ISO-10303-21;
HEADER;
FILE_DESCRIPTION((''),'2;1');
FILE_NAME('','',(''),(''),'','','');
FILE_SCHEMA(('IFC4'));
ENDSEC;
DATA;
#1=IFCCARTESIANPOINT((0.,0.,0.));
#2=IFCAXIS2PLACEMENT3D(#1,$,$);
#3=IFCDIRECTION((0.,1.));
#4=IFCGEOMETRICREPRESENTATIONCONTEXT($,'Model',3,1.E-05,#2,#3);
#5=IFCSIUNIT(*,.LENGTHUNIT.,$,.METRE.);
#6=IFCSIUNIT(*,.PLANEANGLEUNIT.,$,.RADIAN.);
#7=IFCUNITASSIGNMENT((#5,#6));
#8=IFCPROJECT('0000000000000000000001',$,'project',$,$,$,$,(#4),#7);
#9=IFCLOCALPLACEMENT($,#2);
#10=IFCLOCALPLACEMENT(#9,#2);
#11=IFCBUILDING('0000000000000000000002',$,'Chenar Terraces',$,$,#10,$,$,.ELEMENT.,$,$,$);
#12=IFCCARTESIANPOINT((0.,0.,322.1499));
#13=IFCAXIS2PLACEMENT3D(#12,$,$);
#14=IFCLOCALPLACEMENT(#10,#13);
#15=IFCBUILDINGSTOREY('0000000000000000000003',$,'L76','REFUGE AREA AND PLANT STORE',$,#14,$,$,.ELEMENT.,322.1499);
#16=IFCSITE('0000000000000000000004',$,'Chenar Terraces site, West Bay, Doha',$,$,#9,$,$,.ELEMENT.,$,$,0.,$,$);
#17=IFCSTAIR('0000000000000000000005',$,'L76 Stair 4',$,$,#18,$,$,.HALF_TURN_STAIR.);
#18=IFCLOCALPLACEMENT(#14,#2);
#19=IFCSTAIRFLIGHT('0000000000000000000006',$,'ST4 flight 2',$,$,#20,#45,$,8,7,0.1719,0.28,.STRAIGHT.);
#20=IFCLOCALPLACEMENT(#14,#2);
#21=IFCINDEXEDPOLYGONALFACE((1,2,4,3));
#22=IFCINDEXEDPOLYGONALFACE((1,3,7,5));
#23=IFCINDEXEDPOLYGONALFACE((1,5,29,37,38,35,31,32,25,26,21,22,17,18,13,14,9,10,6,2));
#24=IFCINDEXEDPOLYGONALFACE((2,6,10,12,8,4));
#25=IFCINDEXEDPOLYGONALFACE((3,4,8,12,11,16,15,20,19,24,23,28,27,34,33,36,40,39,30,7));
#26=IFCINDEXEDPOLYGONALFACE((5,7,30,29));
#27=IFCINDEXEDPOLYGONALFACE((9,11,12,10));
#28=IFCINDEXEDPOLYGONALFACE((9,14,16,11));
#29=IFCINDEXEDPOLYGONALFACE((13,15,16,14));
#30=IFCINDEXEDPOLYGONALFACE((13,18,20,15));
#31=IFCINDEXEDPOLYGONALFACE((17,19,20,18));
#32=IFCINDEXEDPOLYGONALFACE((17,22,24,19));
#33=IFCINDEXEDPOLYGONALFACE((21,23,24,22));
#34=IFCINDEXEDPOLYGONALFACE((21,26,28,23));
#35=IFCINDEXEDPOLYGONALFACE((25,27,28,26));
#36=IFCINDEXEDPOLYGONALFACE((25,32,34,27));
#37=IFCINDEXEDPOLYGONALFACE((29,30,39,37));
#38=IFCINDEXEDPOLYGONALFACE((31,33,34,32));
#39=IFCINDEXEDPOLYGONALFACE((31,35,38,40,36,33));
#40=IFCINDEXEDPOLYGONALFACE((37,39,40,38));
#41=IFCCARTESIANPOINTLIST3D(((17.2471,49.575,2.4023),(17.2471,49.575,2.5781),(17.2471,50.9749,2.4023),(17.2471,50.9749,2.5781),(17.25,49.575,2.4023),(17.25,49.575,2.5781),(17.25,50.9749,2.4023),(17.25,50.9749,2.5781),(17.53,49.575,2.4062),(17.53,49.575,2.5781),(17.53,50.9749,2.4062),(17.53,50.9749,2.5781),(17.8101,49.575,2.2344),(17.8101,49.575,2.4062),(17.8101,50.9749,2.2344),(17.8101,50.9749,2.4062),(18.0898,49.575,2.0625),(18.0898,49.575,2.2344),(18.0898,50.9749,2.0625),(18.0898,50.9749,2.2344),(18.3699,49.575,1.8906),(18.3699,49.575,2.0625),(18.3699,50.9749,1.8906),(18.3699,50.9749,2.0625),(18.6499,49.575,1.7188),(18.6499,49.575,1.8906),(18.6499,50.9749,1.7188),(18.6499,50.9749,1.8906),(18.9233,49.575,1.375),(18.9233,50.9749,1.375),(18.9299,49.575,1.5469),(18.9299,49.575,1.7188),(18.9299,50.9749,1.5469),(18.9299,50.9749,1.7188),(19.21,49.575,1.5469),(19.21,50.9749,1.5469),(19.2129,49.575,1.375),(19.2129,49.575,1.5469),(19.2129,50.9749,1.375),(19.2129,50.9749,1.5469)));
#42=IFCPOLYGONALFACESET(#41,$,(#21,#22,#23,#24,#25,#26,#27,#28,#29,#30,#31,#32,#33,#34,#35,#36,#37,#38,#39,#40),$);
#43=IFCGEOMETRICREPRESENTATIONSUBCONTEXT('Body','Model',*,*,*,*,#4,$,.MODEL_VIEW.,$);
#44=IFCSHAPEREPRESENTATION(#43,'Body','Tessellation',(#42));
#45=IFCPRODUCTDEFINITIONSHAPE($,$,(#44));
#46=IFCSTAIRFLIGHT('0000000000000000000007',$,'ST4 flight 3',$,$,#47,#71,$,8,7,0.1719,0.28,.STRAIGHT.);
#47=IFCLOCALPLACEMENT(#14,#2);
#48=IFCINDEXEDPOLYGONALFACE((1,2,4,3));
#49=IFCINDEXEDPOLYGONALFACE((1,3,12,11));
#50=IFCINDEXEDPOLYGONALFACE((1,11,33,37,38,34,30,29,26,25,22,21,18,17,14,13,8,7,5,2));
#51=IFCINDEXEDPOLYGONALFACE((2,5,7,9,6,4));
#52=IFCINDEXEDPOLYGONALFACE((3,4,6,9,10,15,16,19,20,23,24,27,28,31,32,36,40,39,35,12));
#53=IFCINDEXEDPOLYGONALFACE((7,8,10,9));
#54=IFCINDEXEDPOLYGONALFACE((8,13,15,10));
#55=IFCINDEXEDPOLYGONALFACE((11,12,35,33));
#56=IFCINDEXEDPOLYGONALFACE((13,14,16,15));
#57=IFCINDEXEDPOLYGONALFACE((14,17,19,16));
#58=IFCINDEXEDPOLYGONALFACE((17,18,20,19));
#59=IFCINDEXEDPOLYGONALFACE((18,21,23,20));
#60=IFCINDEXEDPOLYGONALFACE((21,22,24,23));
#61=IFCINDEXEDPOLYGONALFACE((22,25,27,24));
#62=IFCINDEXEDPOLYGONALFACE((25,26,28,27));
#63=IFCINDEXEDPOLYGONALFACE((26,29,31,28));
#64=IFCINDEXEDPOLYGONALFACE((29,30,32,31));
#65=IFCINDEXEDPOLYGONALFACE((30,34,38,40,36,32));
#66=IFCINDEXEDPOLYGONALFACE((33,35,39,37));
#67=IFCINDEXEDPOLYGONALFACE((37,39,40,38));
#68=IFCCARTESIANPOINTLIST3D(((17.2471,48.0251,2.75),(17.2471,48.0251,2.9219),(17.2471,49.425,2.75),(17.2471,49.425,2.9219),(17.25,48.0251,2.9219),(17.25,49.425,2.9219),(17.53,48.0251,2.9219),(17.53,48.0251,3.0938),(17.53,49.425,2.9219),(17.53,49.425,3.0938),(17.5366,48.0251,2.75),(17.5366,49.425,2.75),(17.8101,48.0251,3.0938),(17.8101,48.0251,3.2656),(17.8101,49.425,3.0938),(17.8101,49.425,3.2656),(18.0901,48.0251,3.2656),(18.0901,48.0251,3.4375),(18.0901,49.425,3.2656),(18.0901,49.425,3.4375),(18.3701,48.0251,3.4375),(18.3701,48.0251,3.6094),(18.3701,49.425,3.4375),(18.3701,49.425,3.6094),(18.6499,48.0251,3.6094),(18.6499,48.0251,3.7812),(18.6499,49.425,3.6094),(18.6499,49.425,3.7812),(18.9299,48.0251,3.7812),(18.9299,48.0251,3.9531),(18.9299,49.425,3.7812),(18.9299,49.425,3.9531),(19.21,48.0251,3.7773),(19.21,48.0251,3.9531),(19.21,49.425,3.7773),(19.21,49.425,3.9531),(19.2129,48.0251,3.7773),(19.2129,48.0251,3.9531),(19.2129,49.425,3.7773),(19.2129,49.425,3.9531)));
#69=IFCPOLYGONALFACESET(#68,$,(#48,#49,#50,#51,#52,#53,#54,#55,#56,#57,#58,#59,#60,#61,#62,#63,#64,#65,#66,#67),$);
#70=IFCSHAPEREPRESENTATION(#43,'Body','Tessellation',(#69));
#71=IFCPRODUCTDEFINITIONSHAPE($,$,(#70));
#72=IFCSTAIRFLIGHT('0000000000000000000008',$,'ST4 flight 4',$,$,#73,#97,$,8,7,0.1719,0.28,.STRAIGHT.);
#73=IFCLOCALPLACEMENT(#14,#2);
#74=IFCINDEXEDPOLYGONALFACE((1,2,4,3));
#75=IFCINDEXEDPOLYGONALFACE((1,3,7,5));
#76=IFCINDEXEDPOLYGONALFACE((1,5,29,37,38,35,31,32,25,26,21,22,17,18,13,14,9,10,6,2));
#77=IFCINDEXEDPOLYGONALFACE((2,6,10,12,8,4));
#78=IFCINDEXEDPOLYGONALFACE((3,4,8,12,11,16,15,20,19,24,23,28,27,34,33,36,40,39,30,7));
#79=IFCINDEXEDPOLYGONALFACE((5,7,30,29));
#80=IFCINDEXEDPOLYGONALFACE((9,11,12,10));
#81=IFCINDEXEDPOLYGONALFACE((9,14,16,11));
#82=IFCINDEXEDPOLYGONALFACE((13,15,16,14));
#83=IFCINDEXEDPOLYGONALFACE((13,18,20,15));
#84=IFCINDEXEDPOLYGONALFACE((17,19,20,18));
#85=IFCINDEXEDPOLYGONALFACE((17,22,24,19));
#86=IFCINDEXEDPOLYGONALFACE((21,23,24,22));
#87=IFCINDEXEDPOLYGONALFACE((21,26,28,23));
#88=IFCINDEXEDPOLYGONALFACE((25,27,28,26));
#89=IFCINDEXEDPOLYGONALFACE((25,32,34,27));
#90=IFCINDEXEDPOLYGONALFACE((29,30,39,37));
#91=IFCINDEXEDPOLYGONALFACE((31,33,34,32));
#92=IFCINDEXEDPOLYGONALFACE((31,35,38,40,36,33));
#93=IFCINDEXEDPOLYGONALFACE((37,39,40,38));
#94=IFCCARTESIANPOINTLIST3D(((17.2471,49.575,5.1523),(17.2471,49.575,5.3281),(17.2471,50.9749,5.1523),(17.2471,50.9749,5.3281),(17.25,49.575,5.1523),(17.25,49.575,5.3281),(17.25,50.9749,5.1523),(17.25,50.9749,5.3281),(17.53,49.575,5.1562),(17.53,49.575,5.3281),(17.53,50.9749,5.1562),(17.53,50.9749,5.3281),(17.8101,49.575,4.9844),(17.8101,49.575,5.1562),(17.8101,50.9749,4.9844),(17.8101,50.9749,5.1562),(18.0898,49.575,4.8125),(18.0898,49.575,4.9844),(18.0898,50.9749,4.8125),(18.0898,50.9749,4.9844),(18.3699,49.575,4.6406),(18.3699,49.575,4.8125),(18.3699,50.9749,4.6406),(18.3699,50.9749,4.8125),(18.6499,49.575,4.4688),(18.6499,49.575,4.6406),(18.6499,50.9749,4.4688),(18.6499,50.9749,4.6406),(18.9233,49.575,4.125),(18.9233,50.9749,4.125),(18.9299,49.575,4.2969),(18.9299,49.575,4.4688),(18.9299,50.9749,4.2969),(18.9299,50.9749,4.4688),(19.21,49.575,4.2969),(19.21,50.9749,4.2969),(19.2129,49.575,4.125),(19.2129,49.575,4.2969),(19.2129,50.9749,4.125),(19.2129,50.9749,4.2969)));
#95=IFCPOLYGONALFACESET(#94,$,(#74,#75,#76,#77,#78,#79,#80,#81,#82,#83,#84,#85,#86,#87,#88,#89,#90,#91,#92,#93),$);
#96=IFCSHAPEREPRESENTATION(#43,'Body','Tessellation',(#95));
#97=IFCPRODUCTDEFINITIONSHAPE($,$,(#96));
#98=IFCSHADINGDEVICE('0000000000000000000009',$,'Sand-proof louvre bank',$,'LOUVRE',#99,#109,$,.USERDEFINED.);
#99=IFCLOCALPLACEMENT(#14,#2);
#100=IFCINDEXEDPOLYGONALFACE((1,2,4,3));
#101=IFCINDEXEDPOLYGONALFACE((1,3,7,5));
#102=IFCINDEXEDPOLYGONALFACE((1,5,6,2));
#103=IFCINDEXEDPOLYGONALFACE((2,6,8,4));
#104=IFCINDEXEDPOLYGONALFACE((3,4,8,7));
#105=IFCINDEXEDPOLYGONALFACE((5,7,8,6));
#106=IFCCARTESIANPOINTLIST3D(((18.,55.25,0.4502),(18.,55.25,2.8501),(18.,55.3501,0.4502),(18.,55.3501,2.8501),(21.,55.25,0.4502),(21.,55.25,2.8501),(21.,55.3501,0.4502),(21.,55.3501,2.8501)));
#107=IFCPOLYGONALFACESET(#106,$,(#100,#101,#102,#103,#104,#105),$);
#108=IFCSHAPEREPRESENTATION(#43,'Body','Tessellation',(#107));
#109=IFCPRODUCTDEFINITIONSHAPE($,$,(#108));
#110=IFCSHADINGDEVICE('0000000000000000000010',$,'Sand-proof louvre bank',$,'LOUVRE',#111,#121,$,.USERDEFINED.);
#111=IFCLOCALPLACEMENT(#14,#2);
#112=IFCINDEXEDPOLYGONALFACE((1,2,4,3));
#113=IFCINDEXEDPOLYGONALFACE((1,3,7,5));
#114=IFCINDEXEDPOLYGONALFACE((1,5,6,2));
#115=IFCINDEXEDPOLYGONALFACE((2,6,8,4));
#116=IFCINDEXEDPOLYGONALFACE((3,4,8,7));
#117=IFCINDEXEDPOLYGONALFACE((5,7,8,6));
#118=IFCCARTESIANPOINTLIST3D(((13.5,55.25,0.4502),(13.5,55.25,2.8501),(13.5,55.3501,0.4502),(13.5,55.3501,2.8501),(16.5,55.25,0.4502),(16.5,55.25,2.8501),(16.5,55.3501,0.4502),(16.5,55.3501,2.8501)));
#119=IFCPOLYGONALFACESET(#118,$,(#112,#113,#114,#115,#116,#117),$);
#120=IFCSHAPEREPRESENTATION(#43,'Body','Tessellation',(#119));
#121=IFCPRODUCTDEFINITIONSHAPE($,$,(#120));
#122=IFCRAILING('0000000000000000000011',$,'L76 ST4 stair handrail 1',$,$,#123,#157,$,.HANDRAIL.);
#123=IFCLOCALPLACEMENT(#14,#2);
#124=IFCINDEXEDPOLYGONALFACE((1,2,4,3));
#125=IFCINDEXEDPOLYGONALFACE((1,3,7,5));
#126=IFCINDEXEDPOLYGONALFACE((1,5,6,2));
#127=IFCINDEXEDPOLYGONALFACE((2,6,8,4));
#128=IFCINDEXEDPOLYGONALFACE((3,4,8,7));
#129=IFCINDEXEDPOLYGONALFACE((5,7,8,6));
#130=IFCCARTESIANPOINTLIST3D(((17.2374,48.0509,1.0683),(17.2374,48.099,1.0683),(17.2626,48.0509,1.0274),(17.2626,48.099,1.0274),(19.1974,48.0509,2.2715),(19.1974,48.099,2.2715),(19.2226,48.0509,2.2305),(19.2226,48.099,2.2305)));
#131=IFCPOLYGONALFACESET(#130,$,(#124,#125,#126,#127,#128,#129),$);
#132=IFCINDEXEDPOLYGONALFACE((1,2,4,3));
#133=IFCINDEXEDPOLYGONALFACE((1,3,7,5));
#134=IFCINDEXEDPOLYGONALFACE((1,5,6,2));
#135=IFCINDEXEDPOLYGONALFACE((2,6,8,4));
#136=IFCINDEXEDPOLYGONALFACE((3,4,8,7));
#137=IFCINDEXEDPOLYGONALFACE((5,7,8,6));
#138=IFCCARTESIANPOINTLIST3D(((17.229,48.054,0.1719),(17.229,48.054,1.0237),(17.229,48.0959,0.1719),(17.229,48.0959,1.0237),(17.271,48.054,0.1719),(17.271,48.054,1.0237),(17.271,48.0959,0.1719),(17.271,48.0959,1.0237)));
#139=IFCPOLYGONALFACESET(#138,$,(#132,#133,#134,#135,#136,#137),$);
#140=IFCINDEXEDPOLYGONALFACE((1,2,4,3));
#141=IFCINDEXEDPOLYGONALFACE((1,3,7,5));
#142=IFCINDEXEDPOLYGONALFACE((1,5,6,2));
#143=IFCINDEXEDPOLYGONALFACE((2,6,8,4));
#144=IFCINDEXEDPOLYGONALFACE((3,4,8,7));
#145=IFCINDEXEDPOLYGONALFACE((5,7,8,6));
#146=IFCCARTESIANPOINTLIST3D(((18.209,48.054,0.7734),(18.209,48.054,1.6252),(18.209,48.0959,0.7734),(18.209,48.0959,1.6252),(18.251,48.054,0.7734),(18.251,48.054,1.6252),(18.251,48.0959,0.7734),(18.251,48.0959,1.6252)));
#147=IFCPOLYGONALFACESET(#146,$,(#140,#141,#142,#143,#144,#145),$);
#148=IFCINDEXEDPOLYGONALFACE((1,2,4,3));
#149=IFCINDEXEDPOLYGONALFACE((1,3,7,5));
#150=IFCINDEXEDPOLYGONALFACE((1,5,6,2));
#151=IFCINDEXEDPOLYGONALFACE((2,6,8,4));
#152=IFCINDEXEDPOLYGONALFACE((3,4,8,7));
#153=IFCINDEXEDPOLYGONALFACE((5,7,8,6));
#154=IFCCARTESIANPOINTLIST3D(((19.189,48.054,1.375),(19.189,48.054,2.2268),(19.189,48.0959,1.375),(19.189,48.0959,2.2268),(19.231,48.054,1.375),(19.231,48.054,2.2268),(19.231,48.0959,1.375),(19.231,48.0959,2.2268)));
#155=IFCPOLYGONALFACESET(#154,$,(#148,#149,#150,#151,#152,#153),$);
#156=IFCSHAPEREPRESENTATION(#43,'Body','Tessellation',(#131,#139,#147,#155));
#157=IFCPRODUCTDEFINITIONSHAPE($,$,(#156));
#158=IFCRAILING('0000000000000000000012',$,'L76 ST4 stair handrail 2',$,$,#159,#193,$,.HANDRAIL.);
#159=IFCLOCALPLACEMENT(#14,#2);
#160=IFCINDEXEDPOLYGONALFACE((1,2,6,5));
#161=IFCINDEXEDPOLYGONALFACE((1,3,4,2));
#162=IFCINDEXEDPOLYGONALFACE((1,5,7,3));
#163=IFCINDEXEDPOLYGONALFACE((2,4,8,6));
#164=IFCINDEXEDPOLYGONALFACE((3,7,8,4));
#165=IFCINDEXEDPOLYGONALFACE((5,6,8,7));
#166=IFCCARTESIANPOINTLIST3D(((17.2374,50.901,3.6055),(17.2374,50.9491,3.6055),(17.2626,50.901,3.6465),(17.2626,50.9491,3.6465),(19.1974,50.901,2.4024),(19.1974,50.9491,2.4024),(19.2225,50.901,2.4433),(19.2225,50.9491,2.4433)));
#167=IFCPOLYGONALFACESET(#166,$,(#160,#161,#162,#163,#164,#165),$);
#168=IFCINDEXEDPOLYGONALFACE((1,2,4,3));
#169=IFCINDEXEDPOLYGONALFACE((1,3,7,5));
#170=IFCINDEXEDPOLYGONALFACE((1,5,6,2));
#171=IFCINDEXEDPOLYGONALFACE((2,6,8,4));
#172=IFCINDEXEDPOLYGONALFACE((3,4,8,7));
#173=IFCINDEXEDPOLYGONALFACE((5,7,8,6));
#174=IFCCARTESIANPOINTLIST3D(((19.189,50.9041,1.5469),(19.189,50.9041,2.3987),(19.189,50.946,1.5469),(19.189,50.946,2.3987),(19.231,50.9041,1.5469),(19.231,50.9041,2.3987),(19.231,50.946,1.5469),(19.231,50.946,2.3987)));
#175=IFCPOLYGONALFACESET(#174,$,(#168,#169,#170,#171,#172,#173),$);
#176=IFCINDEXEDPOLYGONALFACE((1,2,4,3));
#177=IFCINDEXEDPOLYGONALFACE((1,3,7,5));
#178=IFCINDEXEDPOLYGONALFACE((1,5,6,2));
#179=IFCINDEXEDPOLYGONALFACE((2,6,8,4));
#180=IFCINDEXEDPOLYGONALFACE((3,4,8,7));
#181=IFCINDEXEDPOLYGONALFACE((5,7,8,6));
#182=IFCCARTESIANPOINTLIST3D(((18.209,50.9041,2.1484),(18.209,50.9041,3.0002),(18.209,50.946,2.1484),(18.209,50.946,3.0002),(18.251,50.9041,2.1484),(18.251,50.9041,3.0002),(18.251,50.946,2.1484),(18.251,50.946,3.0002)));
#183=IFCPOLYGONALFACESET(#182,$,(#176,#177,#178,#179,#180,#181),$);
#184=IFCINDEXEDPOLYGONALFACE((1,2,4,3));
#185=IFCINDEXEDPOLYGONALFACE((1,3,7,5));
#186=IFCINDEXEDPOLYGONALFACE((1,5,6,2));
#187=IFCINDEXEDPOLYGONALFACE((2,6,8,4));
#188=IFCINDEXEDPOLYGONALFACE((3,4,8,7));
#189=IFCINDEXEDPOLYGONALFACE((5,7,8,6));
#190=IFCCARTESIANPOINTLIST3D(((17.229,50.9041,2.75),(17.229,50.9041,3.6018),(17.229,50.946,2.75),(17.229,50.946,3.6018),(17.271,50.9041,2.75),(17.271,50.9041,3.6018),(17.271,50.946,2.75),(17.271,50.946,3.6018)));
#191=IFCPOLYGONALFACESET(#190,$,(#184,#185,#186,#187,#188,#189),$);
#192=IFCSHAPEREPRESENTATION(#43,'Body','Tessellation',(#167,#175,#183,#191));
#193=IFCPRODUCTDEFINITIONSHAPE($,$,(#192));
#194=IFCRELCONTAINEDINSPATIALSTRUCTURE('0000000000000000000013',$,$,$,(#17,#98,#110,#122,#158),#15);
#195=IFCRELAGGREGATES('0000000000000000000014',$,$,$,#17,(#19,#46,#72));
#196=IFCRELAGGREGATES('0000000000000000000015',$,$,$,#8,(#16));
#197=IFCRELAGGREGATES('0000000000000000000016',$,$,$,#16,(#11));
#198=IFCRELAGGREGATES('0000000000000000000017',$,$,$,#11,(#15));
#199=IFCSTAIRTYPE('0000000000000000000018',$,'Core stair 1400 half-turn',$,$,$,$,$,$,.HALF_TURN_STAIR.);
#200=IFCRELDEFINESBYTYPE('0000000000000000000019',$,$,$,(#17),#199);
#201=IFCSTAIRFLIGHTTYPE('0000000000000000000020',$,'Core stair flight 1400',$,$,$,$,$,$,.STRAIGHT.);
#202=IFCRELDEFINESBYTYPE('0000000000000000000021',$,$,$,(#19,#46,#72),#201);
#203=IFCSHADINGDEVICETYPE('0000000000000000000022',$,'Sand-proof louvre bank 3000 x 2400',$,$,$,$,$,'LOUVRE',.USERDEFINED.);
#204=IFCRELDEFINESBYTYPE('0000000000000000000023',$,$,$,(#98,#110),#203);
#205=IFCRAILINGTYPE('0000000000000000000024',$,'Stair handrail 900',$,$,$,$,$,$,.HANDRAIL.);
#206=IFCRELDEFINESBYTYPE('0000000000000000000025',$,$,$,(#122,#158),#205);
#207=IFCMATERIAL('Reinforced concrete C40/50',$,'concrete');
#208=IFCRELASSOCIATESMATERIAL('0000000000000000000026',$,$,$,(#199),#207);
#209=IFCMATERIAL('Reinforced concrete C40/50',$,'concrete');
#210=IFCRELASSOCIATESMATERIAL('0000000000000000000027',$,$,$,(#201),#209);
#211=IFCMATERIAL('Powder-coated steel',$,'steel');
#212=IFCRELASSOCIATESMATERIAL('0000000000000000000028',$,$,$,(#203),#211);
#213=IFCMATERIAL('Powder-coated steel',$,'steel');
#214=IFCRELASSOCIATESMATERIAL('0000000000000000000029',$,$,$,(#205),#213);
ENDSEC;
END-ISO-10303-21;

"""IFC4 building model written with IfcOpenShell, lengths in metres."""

from ifc_helpers import new_model, si_unit, direction, frame, origin, origin_2d, place, context, subcontext, project, spatial, polyline, rectangle, outline, extrude, material, type_object, element, aggregate, save


model = new_model("IFC4")

# Units and contexts
model_context = context("Model", 3, precision=1e-05, world=origin(), true_north=direction((0.0, 1.0)))
body_context = subcontext(model_context, "Body", "Model", "MODEL_VIEW")
ifc_project = project(units=[si_unit("LENGTHUNIT", "METRE"), si_unit("PLANEANGLEUNIT", "RADIAN")], contexts=[model_context])

# Site, building, storey
site_placement = place(None, origin())
site = spatial("IfcSite", under=ifc_project, at=site_placement, Name="Chenar Terraces site, West Bay, Doha", CompositionType="ELEMENT", RefElevation=0.0)
building_placement = place(site_placement, origin())
building = spatial("IfcBuilding", under=site, at=building_placement, Name="Chenar Terraces", CompositionType="ELEMENT")
storey_placement = place(building_placement, frame((0.0, 0.0, 322.1499)))
storey = spatial("IfcBuildingStorey", under=building, at=storey_placement, Name="L76", Description="REFUGE AREA AND PLANT STORE", CompositionType="ELEMENT", Elevation=322.1499)

# Stair, stair flights
ifc_material_1 = material(Name="Reinforced concrete C40/50", Category="concrete")
stair_type = type_object("IfcStairType", Name="Core stair 1400 half-turn", PredefinedType="HALF_TURN_STAIR", material=ifc_material_1)
stair_placement = place(storey_placement, origin())
stair = element("IfcStair", 1, at=stair_placement, inside=storey, type_object=stair_type, Name="L76 Stair 4", PredefinedType="HALF_TURN_STAIR")
ifc_material_2 = material(Name="Reinforced concrete C40/50", Category="concrete")
stair_flight_type = type_object("IfcStairFlightType", Name="Core stair flight 1400", PredefinedType="STRAIGHT", material=ifc_material_2)
stair_flight_1_placement = place(storey_placement, frame((19.21, 50.2749, 1.375), z_axis=(0.0, 0.0, 1.0), x_axis=(-1.0, 0.0, 0.0)))
stair_flight_1 = element("IfcStairFlight", 2, at=stair_flight_1_placement, type_object=stair_flight_type, Name="ST4 flight 2", NumberOfRisers=8, NumberOfTreads=7, PredefinedType="STRAIGHT", RiserHeight=0.1719, TreadLength=0.28, context=body_context, shape_type="SweptSolid", body=[
    extrude(outline(polyline([(-0.0029, 0.0), (-0.0029, 0.1719), (0.0, 0.1719), (0.28, 0.1719), (0.28, 0.3438), (0.5601, 0.3438), (0.5601, 0.5156), (0.8401, 0.5156), (0.8401, 0.6875), (1.1201, 0.6875), (1.1201, 0.8594), (1.3999, 0.8594), (1.3999, 1.0312), (1.6799, 1.0312), (1.6799, 1.2031), (1.96, 1.2031), (1.9629, 1.2031), (1.9629, 1.0273), (1.96, 1.0273), (0.2866, 0.0), (-0.0029, 0.0)])), frame((0.0, 0.7, 0.0), z_axis=(0.0, -1.0, 0.0), x_axis=(1.0, 0.0, 0.0)), (0.0, 0.0, 1.0), 1.3999),
])
stair_flight_2_placement = place(storey_placement, frame((17.25, 48.7251, 2.75), z_axis=(0.0, 0.0, 1.0), x_axis=(1.0, 0.0, 0.0)))
stair_flight_2 = element("IfcStairFlight", 3, at=stair_flight_2_placement, type_object=stair_flight_type, Name="ST4 flight 3", NumberOfRisers=8, NumberOfTreads=7, PredefinedType="STRAIGHT", RiserHeight=0.1719, TreadLength=0.28, context=body_context, shape_type="SweptSolid", body=[
    extrude(outline(polyline([(-0.0029, 0.0), (-0.0029, 0.1719), (0.0, 0.1719), (0.28, 0.1719), (0.28, 0.3438), (0.5601, 0.3438), (0.5601, 0.5156), (0.8401, 0.5156), (0.8401, 0.6875), (1.1201, 0.6875), (1.1201, 0.8594), (1.3999, 0.8594), (1.3999, 1.0312), (1.6799, 1.0312), (1.6799, 1.2031), (1.96, 1.2031), (1.9629, 1.2031), (1.9629, 1.0273), (1.96, 1.0273), (0.2866, 0.0), (-0.0029, 0.0)])), frame((0.0, 0.7, 0.0), z_axis=(0.0, -1.0, 0.0), x_axis=(1.0, 0.0, 0.0)), (0.0, 0.0, 1.0), 1.3999),
])
stair_flight_3_placement = place(storey_placement, frame((19.21, 50.2749, 4.125), z_axis=(0.0, 0.0, 1.0), x_axis=(-1.0, 0.0, 0.0)))
stair_flight_3 = element("IfcStairFlight", 4, at=stair_flight_3_placement, type_object=stair_flight_type, Name="ST4 flight 4", NumberOfRisers=8, NumberOfTreads=7, PredefinedType="STRAIGHT", RiserHeight=0.1719, TreadLength=0.28, context=body_context, shape_type="SweptSolid", body=[
    extrude(outline(polyline([(-0.0029, 0.0), (-0.0029, 0.1719), (0.0, 0.1719), (0.28, 0.1719), (0.28, 0.3438), (0.5601, 0.3438), (0.5601, 0.5156), (0.8401, 0.5156), (0.8401, 0.6875), (1.1201, 0.6875), (1.1201, 0.8594), (1.3999, 0.8594), (1.3999, 1.0312), (1.6799, 1.0312), (1.6799, 1.2031), (1.96, 1.2031), (1.9629, 1.2031), (1.9629, 1.0273), (1.96, 1.0273), (0.2866, 0.0), (-0.0029, 0.0)])), frame((0.0, 0.7, 0.0), z_axis=(0.0, -1.0, 0.0), x_axis=(1.0, 0.0, 0.0)), (0.0, 0.0, 1.0), 1.3999),
])
aggregate(stair, [stair_flight_1, stair_flight_2, stair_flight_3])

# Shading devices
ifc_material_3 = material(Name="Powder-coated steel", Category="steel")
shading_device_type = type_object("IfcShadingDeviceType", Name="Sand-proof louvre bank 3000 x 2400", ElementType="LOUVRE", PredefinedType="USERDEFINED", material=ifc_material_3)
for number, where, z_axis, x_axis, name in (
    (5, (19.5, 55.3, 0.4502), (0.0, 0.0, 1.0), (-1.0, 0.0, 0.0), "Sand-proof louvre bank"),
    (6, (15.0, 55.3, 0.4502), (0.0, 0.0, 1.0), (-1.0, 0.0, 0.0), "Sand-proof louvre bank"),
):
    element("IfcShadingDevice", number, at=place(storey_placement, frame(where, z_axis=z_axis, x_axis=x_axis)), inside=storey, type_object=shading_device_type, Name=name, ObjectType="LOUVRE", PredefinedType="USERDEFINED", context=body_context, shape_type="SweptSolid", body=[
        extrude(rectangle(XDim=3.0, YDim=0.1001, at=origin_2d()), origin(), (0.0, 0.0, 1.0), 2.3999),
    ])

# Railings
ifc_material_4 = material(Name="Powder-coated steel", Category="steel")
railing_type_1 = type_object("IfcRailingType", Name="Stair handrail 900", PredefinedType="HANDRAIL", material=ifc_material_4)
railing_1_placement = place(storey_placement, frame((17.25, 48.075, 0.1719)))
element("IfcRailing", 7, at=railing_1_placement, inside=storey, type_object=railing_type_1, Name="L76 ST4 stair handrail 1", PredefinedType="HANDRAIL", context=body_context, shape_type="SweptSolid", body=[
    extrude(rectangle(XDim=0.0481, YDim=0.0481, at=origin_2d()), frame((0.0, 0.0, 0.876), z_axis=(0.852241, 0.0, 0.523149), x_axis=(0.0, 1.0, 0.0)), (0.0, 0.0, 1.0), 2.2998),
    extrude(rectangle(XDim=0.042, YDim=0.042, at=origin_2d()), origin(), (0.0, 0.0, 1.0), 0.8518),
    extrude(rectangle(XDim=0.042, YDim=0.042, at=origin_2d()), frame((0.98, 0.0, 0.6016)), (0.0, 0.0, 1.0), 0.8518),
    extrude(rectangle(XDim=0.042, YDim=0.042, at=origin_2d()), frame((1.96, 0.0, 1.2031)), (0.0, 0.0, 1.0), 0.8518),
])
railing_2_placement = place(storey_placement, frame((19.21, 50.925, 1.5469)))
element("IfcRailing", 8, at=railing_2_placement, inside=storey, type_object=railing_type_1, Name="L76 ST4 stair handrail 2", PredefinedType="HANDRAIL", context=body_context, shape_type="SweptSolid", body=[
    extrude(rectangle(XDim=0.0481, YDim=0.0481, at=origin_2d()), frame((0.0, 0.0, 0.876), z_axis=(-0.852241, 0.0, 0.523149), x_axis=(0.0, -1.0, 0.0)), (0.0, 0.0, 1.0), 2.2998),
    extrude(rectangle(XDim=0.042, YDim=0.042, at=origin_2d()), origin(), (0.0, 0.0, 1.0), 0.8518),
    extrude(rectangle(XDim=0.042, YDim=0.042, at=origin_2d()), frame((-0.98, 0.0, 0.6016)), (0.0, 0.0, 1.0), 0.8518),
    extrude(rectangle(XDim=0.042, YDim=0.042, at=origin_2d()), frame((-1.96, 0.0, 1.2031)), (0.0, 0.0, 1.0), 0.8518),
])

save(model, "model.ifc")
